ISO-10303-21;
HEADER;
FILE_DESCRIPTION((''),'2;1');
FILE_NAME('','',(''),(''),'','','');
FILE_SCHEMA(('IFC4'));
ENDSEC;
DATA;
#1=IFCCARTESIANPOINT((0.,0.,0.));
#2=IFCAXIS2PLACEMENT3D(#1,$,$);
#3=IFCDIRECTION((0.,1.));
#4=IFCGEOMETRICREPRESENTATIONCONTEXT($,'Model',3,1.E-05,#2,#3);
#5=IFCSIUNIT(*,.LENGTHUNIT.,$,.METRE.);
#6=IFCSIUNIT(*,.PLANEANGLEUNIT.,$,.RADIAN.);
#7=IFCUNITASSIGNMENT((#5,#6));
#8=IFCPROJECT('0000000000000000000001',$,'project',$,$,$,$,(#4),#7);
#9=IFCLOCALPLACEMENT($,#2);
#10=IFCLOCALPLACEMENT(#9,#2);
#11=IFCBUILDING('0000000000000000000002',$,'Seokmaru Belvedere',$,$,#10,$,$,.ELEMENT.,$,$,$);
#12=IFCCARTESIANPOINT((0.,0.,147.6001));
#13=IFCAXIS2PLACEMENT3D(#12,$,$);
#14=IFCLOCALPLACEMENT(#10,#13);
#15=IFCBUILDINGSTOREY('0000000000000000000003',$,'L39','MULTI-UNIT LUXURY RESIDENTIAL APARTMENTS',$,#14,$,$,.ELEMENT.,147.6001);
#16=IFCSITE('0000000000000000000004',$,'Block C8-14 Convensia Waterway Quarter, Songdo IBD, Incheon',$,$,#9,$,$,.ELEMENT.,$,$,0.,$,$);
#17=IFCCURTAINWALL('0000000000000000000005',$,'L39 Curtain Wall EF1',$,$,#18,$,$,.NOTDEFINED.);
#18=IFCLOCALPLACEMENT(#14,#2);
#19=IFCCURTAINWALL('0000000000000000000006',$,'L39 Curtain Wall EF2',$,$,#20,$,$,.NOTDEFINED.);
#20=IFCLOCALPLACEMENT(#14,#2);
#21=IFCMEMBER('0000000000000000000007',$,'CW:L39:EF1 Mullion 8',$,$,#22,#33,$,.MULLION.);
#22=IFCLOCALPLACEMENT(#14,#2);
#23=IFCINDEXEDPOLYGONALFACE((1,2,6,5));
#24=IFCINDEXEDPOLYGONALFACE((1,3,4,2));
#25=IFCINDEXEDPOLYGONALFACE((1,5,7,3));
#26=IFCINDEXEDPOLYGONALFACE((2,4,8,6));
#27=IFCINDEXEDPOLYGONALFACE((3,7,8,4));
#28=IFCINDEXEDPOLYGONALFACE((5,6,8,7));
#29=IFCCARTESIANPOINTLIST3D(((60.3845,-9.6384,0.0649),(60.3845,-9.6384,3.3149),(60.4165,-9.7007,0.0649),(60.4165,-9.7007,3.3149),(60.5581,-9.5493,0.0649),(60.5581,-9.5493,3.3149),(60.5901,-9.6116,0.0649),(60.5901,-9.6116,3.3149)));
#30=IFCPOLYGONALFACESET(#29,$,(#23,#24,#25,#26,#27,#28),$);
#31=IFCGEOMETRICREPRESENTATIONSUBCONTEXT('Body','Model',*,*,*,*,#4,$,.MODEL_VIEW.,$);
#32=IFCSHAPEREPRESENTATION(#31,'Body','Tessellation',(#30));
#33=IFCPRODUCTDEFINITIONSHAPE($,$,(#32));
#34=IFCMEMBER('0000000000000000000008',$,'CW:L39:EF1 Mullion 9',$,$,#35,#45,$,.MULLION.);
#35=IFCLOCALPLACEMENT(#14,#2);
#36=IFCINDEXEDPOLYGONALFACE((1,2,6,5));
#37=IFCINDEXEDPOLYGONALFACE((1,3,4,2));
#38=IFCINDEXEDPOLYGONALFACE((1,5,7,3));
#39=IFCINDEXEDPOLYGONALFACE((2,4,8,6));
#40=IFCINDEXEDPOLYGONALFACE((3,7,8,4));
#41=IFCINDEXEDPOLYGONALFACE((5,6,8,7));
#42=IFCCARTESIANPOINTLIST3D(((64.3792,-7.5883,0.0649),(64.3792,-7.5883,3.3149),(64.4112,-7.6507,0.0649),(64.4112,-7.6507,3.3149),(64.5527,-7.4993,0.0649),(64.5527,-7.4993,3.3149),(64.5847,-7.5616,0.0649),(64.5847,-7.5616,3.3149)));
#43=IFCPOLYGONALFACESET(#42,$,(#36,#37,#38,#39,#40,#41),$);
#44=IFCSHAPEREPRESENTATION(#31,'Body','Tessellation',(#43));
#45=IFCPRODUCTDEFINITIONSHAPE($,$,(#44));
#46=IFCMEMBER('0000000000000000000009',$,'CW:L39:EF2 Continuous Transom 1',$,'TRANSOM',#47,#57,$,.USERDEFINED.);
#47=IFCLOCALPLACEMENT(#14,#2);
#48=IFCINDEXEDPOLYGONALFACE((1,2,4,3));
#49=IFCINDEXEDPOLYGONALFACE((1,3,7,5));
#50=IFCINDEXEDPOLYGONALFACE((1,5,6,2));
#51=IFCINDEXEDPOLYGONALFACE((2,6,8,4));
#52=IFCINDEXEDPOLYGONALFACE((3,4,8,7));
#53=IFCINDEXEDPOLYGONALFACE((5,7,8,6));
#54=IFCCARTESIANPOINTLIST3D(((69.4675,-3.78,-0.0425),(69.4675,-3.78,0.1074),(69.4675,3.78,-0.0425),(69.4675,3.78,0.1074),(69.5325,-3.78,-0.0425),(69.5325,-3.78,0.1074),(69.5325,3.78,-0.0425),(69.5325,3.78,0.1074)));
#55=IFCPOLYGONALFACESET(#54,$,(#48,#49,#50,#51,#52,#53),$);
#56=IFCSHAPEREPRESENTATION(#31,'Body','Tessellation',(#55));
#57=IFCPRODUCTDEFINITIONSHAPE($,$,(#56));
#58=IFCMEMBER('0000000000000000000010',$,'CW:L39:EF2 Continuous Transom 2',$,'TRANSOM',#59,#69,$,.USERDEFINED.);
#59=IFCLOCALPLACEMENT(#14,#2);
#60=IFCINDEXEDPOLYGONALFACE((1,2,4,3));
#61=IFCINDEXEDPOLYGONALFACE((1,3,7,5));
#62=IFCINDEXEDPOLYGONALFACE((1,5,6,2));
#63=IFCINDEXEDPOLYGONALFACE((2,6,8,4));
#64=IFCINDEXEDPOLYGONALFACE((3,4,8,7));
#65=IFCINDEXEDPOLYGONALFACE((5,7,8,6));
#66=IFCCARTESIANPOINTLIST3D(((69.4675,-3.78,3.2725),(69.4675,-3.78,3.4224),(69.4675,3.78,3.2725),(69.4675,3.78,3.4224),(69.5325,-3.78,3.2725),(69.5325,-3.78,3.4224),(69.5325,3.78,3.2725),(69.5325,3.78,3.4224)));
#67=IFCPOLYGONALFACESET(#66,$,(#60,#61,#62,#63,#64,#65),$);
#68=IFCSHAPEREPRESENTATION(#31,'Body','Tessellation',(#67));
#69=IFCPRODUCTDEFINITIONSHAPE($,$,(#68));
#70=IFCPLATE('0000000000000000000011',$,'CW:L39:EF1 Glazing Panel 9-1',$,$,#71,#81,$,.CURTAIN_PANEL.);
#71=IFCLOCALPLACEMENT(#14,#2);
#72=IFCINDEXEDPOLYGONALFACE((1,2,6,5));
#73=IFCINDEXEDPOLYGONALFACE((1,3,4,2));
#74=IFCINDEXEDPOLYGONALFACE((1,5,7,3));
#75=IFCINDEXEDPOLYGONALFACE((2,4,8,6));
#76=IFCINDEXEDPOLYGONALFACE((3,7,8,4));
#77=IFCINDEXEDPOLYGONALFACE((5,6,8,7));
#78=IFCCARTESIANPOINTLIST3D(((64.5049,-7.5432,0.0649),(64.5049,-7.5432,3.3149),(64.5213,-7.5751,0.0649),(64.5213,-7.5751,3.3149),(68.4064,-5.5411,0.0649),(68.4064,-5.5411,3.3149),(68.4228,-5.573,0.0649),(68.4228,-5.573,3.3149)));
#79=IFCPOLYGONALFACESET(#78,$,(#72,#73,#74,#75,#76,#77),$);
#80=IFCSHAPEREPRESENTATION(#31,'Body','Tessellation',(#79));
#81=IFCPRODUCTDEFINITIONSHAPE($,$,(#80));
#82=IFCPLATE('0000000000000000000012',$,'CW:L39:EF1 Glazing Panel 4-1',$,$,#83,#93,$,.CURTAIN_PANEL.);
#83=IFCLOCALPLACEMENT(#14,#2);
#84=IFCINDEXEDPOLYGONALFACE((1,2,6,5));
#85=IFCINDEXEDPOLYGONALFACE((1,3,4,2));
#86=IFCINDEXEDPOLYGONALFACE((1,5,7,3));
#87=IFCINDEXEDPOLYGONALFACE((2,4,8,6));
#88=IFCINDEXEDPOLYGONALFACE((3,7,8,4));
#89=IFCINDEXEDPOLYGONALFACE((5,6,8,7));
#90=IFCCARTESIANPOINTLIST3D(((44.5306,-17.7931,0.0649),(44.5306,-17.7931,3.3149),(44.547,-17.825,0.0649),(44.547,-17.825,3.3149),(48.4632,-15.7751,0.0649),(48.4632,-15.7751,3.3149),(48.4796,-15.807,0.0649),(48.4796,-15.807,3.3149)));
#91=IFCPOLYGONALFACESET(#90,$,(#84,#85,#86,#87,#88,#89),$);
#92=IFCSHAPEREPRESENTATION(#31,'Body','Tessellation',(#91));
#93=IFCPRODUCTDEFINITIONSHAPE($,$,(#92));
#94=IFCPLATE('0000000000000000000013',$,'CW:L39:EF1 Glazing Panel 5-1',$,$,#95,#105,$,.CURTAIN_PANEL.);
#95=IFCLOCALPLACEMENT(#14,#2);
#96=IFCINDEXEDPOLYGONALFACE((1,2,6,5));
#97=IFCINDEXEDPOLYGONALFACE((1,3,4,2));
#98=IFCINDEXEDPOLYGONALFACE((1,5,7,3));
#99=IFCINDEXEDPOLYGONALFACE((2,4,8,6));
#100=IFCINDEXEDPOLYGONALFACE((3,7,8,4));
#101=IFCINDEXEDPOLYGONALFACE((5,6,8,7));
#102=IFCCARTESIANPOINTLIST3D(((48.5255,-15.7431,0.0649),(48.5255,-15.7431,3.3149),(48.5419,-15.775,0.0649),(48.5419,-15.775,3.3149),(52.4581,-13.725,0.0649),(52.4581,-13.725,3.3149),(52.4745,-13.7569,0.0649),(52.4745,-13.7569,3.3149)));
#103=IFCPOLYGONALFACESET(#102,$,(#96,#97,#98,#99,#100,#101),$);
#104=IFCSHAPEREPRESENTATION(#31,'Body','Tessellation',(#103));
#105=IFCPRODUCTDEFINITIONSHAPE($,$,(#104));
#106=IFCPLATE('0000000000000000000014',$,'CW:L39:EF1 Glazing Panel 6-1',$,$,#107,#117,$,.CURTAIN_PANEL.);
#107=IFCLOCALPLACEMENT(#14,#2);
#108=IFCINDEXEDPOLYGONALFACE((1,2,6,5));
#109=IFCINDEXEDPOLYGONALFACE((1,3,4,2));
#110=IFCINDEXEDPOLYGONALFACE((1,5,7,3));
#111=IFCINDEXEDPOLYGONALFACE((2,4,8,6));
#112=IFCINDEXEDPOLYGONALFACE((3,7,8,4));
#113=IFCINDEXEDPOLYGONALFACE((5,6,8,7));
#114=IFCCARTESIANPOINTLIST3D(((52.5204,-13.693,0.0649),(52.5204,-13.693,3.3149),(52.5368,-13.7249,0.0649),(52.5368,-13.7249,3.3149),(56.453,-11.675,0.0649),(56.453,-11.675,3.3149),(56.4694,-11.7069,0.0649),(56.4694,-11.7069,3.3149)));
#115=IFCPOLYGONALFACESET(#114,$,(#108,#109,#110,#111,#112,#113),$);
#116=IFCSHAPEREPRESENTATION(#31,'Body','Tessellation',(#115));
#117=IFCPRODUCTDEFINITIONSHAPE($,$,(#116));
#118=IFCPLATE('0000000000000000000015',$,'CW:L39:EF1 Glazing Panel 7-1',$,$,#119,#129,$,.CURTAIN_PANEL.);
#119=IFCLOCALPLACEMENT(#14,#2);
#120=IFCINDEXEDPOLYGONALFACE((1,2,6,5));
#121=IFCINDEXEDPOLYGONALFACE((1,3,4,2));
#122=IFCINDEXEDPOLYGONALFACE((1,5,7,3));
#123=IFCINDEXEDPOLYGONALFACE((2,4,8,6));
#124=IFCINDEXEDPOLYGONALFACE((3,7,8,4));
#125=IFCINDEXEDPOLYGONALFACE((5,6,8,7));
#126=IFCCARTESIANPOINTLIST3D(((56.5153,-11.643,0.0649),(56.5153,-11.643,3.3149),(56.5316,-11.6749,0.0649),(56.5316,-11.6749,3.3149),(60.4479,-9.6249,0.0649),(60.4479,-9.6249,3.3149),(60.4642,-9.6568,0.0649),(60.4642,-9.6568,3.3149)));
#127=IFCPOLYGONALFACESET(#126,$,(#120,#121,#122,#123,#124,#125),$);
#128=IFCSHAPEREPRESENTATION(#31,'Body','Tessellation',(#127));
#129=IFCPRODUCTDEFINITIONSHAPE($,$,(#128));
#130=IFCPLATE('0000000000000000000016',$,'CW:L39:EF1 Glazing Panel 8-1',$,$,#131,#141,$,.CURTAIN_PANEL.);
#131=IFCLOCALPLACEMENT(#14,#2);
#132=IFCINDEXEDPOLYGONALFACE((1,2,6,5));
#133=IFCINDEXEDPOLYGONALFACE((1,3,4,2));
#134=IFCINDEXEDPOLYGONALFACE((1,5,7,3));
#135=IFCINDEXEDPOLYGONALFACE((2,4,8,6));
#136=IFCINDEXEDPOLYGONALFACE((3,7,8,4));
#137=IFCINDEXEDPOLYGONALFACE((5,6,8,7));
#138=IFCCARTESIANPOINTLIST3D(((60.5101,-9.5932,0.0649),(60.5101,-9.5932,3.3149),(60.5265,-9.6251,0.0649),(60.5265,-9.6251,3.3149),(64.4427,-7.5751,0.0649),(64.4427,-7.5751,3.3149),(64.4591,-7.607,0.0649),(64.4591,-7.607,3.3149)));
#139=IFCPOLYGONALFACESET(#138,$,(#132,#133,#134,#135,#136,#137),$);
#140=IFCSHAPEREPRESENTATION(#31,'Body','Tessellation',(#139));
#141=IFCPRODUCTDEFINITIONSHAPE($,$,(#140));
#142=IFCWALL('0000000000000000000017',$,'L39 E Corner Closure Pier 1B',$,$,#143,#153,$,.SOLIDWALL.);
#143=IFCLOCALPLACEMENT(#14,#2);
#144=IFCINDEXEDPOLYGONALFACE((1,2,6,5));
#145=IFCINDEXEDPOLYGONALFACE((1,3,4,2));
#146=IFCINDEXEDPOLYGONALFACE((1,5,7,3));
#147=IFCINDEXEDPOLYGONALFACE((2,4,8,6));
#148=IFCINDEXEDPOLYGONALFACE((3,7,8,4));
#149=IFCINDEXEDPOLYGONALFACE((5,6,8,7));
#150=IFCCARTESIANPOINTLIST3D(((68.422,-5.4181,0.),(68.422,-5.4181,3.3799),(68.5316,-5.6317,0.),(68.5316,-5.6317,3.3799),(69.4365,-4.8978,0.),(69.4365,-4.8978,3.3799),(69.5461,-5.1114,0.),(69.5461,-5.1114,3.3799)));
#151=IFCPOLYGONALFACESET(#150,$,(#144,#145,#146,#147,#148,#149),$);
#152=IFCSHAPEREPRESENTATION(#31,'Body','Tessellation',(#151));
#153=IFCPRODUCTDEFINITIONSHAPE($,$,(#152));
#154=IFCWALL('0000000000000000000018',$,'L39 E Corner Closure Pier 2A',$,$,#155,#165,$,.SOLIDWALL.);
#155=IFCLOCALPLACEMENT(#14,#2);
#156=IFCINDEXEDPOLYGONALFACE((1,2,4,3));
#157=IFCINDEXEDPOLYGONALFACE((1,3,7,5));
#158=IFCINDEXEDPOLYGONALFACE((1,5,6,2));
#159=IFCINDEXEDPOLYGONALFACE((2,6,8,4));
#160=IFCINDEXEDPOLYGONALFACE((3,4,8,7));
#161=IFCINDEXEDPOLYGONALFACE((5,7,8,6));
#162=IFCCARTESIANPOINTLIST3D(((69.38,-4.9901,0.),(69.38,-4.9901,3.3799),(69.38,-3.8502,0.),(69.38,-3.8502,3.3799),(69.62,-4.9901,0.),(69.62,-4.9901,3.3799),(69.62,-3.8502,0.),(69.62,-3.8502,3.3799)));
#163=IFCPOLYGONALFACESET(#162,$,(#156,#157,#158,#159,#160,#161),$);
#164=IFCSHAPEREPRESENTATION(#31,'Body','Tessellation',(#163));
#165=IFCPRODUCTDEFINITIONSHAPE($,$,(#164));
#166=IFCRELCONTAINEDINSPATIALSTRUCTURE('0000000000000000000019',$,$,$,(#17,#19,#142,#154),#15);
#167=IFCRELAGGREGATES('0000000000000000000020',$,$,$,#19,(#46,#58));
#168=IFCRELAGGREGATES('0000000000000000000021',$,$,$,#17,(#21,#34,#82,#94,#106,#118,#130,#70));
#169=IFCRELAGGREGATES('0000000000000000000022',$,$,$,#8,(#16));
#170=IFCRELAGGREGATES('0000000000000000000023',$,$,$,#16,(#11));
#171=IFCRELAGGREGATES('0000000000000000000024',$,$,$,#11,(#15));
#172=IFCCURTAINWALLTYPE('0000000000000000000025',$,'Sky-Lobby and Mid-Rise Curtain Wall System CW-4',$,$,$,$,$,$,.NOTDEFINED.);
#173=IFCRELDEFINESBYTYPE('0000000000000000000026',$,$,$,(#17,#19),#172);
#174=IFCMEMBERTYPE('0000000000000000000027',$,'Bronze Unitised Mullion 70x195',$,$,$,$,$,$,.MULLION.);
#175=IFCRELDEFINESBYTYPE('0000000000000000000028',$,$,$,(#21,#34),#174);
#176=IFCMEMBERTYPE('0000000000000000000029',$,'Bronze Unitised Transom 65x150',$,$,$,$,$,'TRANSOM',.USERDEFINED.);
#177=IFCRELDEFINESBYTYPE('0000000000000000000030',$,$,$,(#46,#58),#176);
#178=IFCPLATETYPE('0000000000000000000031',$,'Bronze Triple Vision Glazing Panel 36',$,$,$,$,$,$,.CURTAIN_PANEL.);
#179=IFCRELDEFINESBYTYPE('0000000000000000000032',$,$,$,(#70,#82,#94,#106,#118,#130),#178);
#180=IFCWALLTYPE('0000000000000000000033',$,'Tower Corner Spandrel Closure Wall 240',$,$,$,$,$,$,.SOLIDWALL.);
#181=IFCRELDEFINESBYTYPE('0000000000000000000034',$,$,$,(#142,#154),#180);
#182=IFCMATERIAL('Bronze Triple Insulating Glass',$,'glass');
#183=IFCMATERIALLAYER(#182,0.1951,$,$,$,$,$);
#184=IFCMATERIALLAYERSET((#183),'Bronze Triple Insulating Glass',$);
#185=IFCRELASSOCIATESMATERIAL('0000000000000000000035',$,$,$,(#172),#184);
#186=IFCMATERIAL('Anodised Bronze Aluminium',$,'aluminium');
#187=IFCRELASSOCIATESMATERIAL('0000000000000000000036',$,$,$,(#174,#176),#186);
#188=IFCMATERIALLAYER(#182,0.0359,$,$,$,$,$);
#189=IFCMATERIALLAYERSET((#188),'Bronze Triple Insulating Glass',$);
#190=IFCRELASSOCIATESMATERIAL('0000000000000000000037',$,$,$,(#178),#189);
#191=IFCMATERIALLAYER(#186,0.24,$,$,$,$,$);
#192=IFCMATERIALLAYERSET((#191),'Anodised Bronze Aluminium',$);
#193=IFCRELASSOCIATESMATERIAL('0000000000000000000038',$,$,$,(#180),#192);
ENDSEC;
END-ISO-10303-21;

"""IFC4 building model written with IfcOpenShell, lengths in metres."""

from ifc_helpers import new_model, si_unit, direction, frame, frame_2d, origin, origin_2d, place, context, subcontext, project, spatial, rectangle, extrude, source, transform, mapped, material, layer, layer_set, material_profile, profile_set, type_object, type_shapes, element, aggregate, save


model = new_model("IFC4")

# Units and contexts
model_context = context("Model", 3, precision=1e-05, world=origin(), true_north=direction((0.0, 1.0)))
body_context = subcontext(model_context, "Body", "Model", "MODEL_VIEW")
ifc_project = project(units=[si_unit("LENGTHUNIT", "METRE"), si_unit("PLANEANGLEUNIT", "RADIAN")], contexts=[model_context])

# Site, building, storey
site_placement = place(None, origin())
site = spatial("IfcSite", under=ifc_project, at=site_placement, Name="Block C8-14 Convensia Waterway Quarter, Songdo IBD, Incheon", CompositionType="ELEMENT", RefElevation=0.0)
building_placement = place(site_placement, origin())
building = spatial("IfcBuilding", under=site, at=building_placement, Name="Seokmaru Belvedere", CompositionType="ELEMENT")
storey_placement = place(building_placement, frame((0.0, 0.0, 147.6001)))
storey = spatial("IfcBuildingStorey", under=building, at=storey_placement, Name="L39", Description="MULTI-UNIT LUXURY RESIDENTIAL APARTMENTS", CompositionType="ELEMENT", Elevation=147.6001)

# Curtain walls
ifc_material_1 = material(Name="Bronze Triple Insulating Glass", Category="glass")
ifc_layer_1 = layer(ifc_material_1, 0.1951)
ifc_layer_set_1 = layer_set([ifc_layer_1], Name="Bronze Triple Insulating Glass")
curtain_wall_type = type_object("IfcCurtainWallType", Name="Sky-Lobby and Mid-Rise Curtain Wall System CW-4", PredefinedType="NOTDEFINED", material=ifc_layer_set_1)
curtain_wall_1_placement = place(storey_placement, origin())
curtain_wall_1 = element("IfcCurtainWall", 1, at=curtain_wall_1_placement, inside=storey, type_object=curtain_wall_type, Name="L39 Curtain Wall EF1", PredefinedType="NOTDEFINED")
ifc_material_2 = material(Name="Anodised Bronze Aluminium", Category="aluminium")
ifc_material_profile_1 = material_profile(ifc_material_2, rectangle(XDim=0.0701, YDim=0.1951, at=origin_2d()), Name="CW-M-70x195")
ifc_profile_set_1 = profile_set([ifc_material_profile_1], Name="Anodised Bronze Aluminium")
member_type_1 = type_object("IfcMemberType", Name="Bronze Unitised Mullion 70x195", PredefinedType="MULLION", material=ifc_profile_set_1)
curtain_wall_2_placement = place(storey_placement, origin())
curtain_wall_2 = element("IfcCurtainWall", 2, at=curtain_wall_2_placement, inside=storey, type_object=curtain_wall_type, Name="L39 Curtain Wall EF2", PredefinedType="NOTDEFINED")

# Members
shared_shape_1 = source(origin(), body_context, "Body", "SweptSolid", [
    extrude(rectangle(XDim=0.0701, YDim=0.1951, at=origin_2d()), origin(), (0.0, 0.0, 1.0), 3.25),
])
member_1_placement = place(storey_placement, frame((60.4873, -9.625, 0.0649), z_axis=(0.0, 0.0, 1.0), x_axis=(-0.456555, 0.889695, 0.0)))
member_1 = element("IfcMember", 3, at=member_1_placement, type_object=member_type_1, Name="CW:L39:EF1 Mullion 8", PredefinedType="MULLION", context=body_context, shape_type="MappedRepresentation", body=[
    mapped(shared_shape_1, transform((0.0, 0.0, 0.0), scale=1.0)),
])
member_2_placement = place(storey_placement, frame((64.4819, -7.575, 0.0649), z_axis=(0.0, 0.0, 1.0), x_axis=(-0.456555, 0.889695, 0.0)))
member_2 = element("IfcMember", 4, at=member_2_placement, type_object=member_type_1, Name="CW:L39:EF1 Mullion 9", PredefinedType="MULLION", context=body_context, shape_type="MappedRepresentation", body=[
    mapped(shared_shape_1, transform((0.0, 0.0, 0.0), scale=1.0)),
])
ifc_material_profile_2 = material_profile(ifc_material_2, rectangle(XDim=0.0649, YDim=0.1499, at=origin_2d()), Name="CW-T-65x150")
ifc_profile_set_2 = profile_set([ifc_material_profile_2], Name="Anodised Bronze Aluminium")
member_type_2 = type_object("IfcMemberType", Name="Bronze Unitised Transom 65x150", ElementType="TRANSOM", PredefinedType="USERDEFINED", material=ifc_profile_set_2)
shared_shape_2 = source(origin(), body_context, "Body", "SweptSolid", [
    extrude(rectangle(XDim=0.0649, YDim=0.1499, at=origin_2d()), origin(), (0.0, 0.0, 1.0), 7.5601),
])
type_shapes(member_type_2, [shared_shape_2])
member_3_placement = place(storey_placement, frame((69.5, -3.78, 0.0325), z_axis=(0.0, 1.0, 0.0), x_axis=(-1.0, 0.0, 0.0)))
member_3 = element("IfcMember", 5, at=member_3_placement, type_object=member_type_2, Name="CW:L39:EF2 Continuous Transom 1", ObjectType="TRANSOM", PredefinedType="USERDEFINED", context=body_context, shape_type="MappedRepresentation", body=[
    mapped(shared_shape_2, transform((0.0, 0.0, 0.0), scale=1.0)),
])
member_4_placement = place(storey_placement, frame((69.5, -3.78, 3.3474), z_axis=(0.0, 1.0, 0.0), x_axis=(-1.0, 0.0, 0.0)))
member_4 = element("IfcMember", 6, at=member_4_placement, type_object=member_type_2, Name="CW:L39:EF2 Continuous Transom 2", ObjectType="TRANSOM", PredefinedType="USERDEFINED", context=body_context, shape_type="MappedRepresentation", body=[
    mapped(shared_shape_2, transform((0.0, 0.0, 0.0), scale=1.0)),
])
aggregate(curtain_wall_2, [member_3, member_4])

# Plates
ifc_layer_2 = layer(ifc_material_1, 0.0359)
ifc_layer_set_2 = layer_set([ifc_layer_2], Name="Bronze Triple Insulating Glass")
plate_type = type_object("IfcPlateType", Name="Bronze Triple Vision Glazing Panel 36", PredefinedType="CURTAIN_PANEL", material=ifc_layer_set_2)
shared_shape_3 = source(origin(), body_context, "Body", "SweptSolid", [
    extrude(rectangle(XDim=4.3853, YDim=0.0359, at=origin_2d()), origin(), (0.0, 0.0, 1.0), 3.25),
])
plate_1_placement = place(storey_placement, frame((66.4639, -6.5581, 0.0649), z_axis=(0.0, 0.0, 1.0), x_axis=(0.889695, 0.456555, 0.0)))
plate_1 = element("IfcPlate", 7, at=plate_1_placement, type_object=plate_type, Name="CW:L39:EF1 Glazing Panel 9-1", PredefinedType="CURTAIN_PANEL", context=body_context, shape_type="MappedRepresentation", body=[
    mapped(shared_shape_3, transform((0.0, 0.0, 0.0), scale=1.0)),
])
shared_shape_4 = source(origin(), body_context, "Body", "SweptSolid", [
    extrude(rectangle(XDim=4.4202, YDim=0.0359, at=origin_2d()), origin(), (0.0, 0.0, 1.0), 3.25),
])
type_shapes(plate_type, [shared_shape_3, shared_shape_4])
plate_2_placement = place(storey_placement, frame((46.5051, -16.8, 0.0649), z_axis=(0.0, 0.0, 1.0), x_axis=(0.889695, 0.456555, 0.0)))
plate_2 = element("IfcPlate", 8, at=plate_2_placement, type_object=plate_type, Name="CW:L39:EF1 Glazing Panel 4-1", PredefinedType="CURTAIN_PANEL", context=body_context, shape_type="MappedRepresentation", body=[
    mapped(shared_shape_4, transform((0.0, 0.0, 0.0), scale=1.0)),
])
plate_3_placement = place(storey_placement, frame((50.5, -14.75, 0.0649), z_axis=(0.0, 0.0, 1.0), x_axis=(0.889695, 0.456555, 0.0)))
plate_3 = element("IfcPlate", 9, at=plate_3_placement, type_object=plate_type, Name="CW:L39:EF1 Glazing Panel 5-1", PredefinedType="CURTAIN_PANEL", context=body_context, shape_type="MappedRepresentation", body=[
    mapped(shared_shape_4, transform((0.0, 0.0, 0.0), scale=1.0)),
])
plate_4_placement = place(storey_placement, frame((54.4949, -12.7, 0.0649), z_axis=(0.0, 0.0, 1.0), x_axis=(0.889695, 0.456555, 0.0)))
plate_4 = element("IfcPlate", 10, at=plate_4_placement, type_object=plate_type, Name="CW:L39:EF1 Glazing Panel 6-1", PredefinedType="CURTAIN_PANEL", context=body_context, shape_type="MappedRepresentation", body=[
    mapped(shared_shape_4, transform((0.0, 0.0, 0.0), scale=1.0)),
])
plate_5_placement = place(storey_placement, frame((58.4897, -10.6499, 0.0649), z_axis=(0.0, 0.0, 1.0), x_axis=(0.889695, 0.456555, 0.0)))
plate_5 = element("IfcPlate", 11, at=plate_5_placement, type_object=plate_type, Name="CW:L39:EF1 Glazing Panel 7-1", PredefinedType="CURTAIN_PANEL", context=body_context, shape_type="MappedRepresentation", body=[
    mapped(shared_shape_4, transform((0.0, 0.0, 0.0), scale=1.0)),
])
plate_6_placement = place(storey_placement, frame((62.4846, -8.6001, 0.0649), z_axis=(0.0, 0.0, 1.0), x_axis=(0.889695, 0.456555, 0.0)))
plate_6 = element("IfcPlate", 12, at=plate_6_placement, type_object=plate_type, Name="CW:L39:EF1 Glazing Panel 8-1", PredefinedType="CURTAIN_PANEL", context=body_context, shape_type="MappedRepresentation", body=[
    mapped(shared_shape_4, transform((0.0, 0.0, 0.0), scale=1.0)),
])
aggregate(curtain_wall_1, [member_1, member_2, plate_2, plate_3, plate_4, plate_5, plate_6, plate_1])

# Walls
ifc_layer_3 = layer(ifc_material_2, 0.24)
ifc_layer_set_3 = layer_set([ifc_layer_3], Name="Anodised Bronze Aluminium")
wall_type_1 = type_object("IfcWallType", Name="Tower Corner Spandrel Closure Wall 240", PredefinedType="SOLIDWALL", material=ifc_layer_set_3)
wall_1_placement = place(storey_placement, frame((68.4768, -5.5249, 0.0), z_axis=(0.0, 0.0, 1.0), x_axis=(0.889797, 0.456356, 0.0)))
element("IfcWall", 13, at=wall_1_placement, inside=storey, type_object=wall_type_1, Name="L39 E Corner Closure Pier 1B", PredefinedType="SOLIDWALL", context=body_context, shape_type="SweptSolid", body=[
    extrude(rectangle(XDim=1.1401, YDim=0.24, at=frame_2d((0.5701, 0.0))), origin(), (0.0, 0.0, 1.0), 3.3799),
])
wall_2_placement = place(storey_placement, frame((69.5, -4.99, 0.0), z_axis=(0.0, 0.0, 1.0), x_axis=(0.0, 1.0, 0.0)))
element("IfcWall", 14, at=wall_2_placement, inside=storey, type_object=wall_type_1, Name="L39 E Corner Closure Pier 2A", PredefinedType="SOLIDWALL", context=body_context, shape_type="SweptSolid", body=[
    extrude(rectangle(XDim=1.1399, YDim=0.24, at=frame_2d((0.5698, 0.0))), origin(), (0.0, 0.0, 1.0), 3.3799),
])

save(model, "model.ifc")
